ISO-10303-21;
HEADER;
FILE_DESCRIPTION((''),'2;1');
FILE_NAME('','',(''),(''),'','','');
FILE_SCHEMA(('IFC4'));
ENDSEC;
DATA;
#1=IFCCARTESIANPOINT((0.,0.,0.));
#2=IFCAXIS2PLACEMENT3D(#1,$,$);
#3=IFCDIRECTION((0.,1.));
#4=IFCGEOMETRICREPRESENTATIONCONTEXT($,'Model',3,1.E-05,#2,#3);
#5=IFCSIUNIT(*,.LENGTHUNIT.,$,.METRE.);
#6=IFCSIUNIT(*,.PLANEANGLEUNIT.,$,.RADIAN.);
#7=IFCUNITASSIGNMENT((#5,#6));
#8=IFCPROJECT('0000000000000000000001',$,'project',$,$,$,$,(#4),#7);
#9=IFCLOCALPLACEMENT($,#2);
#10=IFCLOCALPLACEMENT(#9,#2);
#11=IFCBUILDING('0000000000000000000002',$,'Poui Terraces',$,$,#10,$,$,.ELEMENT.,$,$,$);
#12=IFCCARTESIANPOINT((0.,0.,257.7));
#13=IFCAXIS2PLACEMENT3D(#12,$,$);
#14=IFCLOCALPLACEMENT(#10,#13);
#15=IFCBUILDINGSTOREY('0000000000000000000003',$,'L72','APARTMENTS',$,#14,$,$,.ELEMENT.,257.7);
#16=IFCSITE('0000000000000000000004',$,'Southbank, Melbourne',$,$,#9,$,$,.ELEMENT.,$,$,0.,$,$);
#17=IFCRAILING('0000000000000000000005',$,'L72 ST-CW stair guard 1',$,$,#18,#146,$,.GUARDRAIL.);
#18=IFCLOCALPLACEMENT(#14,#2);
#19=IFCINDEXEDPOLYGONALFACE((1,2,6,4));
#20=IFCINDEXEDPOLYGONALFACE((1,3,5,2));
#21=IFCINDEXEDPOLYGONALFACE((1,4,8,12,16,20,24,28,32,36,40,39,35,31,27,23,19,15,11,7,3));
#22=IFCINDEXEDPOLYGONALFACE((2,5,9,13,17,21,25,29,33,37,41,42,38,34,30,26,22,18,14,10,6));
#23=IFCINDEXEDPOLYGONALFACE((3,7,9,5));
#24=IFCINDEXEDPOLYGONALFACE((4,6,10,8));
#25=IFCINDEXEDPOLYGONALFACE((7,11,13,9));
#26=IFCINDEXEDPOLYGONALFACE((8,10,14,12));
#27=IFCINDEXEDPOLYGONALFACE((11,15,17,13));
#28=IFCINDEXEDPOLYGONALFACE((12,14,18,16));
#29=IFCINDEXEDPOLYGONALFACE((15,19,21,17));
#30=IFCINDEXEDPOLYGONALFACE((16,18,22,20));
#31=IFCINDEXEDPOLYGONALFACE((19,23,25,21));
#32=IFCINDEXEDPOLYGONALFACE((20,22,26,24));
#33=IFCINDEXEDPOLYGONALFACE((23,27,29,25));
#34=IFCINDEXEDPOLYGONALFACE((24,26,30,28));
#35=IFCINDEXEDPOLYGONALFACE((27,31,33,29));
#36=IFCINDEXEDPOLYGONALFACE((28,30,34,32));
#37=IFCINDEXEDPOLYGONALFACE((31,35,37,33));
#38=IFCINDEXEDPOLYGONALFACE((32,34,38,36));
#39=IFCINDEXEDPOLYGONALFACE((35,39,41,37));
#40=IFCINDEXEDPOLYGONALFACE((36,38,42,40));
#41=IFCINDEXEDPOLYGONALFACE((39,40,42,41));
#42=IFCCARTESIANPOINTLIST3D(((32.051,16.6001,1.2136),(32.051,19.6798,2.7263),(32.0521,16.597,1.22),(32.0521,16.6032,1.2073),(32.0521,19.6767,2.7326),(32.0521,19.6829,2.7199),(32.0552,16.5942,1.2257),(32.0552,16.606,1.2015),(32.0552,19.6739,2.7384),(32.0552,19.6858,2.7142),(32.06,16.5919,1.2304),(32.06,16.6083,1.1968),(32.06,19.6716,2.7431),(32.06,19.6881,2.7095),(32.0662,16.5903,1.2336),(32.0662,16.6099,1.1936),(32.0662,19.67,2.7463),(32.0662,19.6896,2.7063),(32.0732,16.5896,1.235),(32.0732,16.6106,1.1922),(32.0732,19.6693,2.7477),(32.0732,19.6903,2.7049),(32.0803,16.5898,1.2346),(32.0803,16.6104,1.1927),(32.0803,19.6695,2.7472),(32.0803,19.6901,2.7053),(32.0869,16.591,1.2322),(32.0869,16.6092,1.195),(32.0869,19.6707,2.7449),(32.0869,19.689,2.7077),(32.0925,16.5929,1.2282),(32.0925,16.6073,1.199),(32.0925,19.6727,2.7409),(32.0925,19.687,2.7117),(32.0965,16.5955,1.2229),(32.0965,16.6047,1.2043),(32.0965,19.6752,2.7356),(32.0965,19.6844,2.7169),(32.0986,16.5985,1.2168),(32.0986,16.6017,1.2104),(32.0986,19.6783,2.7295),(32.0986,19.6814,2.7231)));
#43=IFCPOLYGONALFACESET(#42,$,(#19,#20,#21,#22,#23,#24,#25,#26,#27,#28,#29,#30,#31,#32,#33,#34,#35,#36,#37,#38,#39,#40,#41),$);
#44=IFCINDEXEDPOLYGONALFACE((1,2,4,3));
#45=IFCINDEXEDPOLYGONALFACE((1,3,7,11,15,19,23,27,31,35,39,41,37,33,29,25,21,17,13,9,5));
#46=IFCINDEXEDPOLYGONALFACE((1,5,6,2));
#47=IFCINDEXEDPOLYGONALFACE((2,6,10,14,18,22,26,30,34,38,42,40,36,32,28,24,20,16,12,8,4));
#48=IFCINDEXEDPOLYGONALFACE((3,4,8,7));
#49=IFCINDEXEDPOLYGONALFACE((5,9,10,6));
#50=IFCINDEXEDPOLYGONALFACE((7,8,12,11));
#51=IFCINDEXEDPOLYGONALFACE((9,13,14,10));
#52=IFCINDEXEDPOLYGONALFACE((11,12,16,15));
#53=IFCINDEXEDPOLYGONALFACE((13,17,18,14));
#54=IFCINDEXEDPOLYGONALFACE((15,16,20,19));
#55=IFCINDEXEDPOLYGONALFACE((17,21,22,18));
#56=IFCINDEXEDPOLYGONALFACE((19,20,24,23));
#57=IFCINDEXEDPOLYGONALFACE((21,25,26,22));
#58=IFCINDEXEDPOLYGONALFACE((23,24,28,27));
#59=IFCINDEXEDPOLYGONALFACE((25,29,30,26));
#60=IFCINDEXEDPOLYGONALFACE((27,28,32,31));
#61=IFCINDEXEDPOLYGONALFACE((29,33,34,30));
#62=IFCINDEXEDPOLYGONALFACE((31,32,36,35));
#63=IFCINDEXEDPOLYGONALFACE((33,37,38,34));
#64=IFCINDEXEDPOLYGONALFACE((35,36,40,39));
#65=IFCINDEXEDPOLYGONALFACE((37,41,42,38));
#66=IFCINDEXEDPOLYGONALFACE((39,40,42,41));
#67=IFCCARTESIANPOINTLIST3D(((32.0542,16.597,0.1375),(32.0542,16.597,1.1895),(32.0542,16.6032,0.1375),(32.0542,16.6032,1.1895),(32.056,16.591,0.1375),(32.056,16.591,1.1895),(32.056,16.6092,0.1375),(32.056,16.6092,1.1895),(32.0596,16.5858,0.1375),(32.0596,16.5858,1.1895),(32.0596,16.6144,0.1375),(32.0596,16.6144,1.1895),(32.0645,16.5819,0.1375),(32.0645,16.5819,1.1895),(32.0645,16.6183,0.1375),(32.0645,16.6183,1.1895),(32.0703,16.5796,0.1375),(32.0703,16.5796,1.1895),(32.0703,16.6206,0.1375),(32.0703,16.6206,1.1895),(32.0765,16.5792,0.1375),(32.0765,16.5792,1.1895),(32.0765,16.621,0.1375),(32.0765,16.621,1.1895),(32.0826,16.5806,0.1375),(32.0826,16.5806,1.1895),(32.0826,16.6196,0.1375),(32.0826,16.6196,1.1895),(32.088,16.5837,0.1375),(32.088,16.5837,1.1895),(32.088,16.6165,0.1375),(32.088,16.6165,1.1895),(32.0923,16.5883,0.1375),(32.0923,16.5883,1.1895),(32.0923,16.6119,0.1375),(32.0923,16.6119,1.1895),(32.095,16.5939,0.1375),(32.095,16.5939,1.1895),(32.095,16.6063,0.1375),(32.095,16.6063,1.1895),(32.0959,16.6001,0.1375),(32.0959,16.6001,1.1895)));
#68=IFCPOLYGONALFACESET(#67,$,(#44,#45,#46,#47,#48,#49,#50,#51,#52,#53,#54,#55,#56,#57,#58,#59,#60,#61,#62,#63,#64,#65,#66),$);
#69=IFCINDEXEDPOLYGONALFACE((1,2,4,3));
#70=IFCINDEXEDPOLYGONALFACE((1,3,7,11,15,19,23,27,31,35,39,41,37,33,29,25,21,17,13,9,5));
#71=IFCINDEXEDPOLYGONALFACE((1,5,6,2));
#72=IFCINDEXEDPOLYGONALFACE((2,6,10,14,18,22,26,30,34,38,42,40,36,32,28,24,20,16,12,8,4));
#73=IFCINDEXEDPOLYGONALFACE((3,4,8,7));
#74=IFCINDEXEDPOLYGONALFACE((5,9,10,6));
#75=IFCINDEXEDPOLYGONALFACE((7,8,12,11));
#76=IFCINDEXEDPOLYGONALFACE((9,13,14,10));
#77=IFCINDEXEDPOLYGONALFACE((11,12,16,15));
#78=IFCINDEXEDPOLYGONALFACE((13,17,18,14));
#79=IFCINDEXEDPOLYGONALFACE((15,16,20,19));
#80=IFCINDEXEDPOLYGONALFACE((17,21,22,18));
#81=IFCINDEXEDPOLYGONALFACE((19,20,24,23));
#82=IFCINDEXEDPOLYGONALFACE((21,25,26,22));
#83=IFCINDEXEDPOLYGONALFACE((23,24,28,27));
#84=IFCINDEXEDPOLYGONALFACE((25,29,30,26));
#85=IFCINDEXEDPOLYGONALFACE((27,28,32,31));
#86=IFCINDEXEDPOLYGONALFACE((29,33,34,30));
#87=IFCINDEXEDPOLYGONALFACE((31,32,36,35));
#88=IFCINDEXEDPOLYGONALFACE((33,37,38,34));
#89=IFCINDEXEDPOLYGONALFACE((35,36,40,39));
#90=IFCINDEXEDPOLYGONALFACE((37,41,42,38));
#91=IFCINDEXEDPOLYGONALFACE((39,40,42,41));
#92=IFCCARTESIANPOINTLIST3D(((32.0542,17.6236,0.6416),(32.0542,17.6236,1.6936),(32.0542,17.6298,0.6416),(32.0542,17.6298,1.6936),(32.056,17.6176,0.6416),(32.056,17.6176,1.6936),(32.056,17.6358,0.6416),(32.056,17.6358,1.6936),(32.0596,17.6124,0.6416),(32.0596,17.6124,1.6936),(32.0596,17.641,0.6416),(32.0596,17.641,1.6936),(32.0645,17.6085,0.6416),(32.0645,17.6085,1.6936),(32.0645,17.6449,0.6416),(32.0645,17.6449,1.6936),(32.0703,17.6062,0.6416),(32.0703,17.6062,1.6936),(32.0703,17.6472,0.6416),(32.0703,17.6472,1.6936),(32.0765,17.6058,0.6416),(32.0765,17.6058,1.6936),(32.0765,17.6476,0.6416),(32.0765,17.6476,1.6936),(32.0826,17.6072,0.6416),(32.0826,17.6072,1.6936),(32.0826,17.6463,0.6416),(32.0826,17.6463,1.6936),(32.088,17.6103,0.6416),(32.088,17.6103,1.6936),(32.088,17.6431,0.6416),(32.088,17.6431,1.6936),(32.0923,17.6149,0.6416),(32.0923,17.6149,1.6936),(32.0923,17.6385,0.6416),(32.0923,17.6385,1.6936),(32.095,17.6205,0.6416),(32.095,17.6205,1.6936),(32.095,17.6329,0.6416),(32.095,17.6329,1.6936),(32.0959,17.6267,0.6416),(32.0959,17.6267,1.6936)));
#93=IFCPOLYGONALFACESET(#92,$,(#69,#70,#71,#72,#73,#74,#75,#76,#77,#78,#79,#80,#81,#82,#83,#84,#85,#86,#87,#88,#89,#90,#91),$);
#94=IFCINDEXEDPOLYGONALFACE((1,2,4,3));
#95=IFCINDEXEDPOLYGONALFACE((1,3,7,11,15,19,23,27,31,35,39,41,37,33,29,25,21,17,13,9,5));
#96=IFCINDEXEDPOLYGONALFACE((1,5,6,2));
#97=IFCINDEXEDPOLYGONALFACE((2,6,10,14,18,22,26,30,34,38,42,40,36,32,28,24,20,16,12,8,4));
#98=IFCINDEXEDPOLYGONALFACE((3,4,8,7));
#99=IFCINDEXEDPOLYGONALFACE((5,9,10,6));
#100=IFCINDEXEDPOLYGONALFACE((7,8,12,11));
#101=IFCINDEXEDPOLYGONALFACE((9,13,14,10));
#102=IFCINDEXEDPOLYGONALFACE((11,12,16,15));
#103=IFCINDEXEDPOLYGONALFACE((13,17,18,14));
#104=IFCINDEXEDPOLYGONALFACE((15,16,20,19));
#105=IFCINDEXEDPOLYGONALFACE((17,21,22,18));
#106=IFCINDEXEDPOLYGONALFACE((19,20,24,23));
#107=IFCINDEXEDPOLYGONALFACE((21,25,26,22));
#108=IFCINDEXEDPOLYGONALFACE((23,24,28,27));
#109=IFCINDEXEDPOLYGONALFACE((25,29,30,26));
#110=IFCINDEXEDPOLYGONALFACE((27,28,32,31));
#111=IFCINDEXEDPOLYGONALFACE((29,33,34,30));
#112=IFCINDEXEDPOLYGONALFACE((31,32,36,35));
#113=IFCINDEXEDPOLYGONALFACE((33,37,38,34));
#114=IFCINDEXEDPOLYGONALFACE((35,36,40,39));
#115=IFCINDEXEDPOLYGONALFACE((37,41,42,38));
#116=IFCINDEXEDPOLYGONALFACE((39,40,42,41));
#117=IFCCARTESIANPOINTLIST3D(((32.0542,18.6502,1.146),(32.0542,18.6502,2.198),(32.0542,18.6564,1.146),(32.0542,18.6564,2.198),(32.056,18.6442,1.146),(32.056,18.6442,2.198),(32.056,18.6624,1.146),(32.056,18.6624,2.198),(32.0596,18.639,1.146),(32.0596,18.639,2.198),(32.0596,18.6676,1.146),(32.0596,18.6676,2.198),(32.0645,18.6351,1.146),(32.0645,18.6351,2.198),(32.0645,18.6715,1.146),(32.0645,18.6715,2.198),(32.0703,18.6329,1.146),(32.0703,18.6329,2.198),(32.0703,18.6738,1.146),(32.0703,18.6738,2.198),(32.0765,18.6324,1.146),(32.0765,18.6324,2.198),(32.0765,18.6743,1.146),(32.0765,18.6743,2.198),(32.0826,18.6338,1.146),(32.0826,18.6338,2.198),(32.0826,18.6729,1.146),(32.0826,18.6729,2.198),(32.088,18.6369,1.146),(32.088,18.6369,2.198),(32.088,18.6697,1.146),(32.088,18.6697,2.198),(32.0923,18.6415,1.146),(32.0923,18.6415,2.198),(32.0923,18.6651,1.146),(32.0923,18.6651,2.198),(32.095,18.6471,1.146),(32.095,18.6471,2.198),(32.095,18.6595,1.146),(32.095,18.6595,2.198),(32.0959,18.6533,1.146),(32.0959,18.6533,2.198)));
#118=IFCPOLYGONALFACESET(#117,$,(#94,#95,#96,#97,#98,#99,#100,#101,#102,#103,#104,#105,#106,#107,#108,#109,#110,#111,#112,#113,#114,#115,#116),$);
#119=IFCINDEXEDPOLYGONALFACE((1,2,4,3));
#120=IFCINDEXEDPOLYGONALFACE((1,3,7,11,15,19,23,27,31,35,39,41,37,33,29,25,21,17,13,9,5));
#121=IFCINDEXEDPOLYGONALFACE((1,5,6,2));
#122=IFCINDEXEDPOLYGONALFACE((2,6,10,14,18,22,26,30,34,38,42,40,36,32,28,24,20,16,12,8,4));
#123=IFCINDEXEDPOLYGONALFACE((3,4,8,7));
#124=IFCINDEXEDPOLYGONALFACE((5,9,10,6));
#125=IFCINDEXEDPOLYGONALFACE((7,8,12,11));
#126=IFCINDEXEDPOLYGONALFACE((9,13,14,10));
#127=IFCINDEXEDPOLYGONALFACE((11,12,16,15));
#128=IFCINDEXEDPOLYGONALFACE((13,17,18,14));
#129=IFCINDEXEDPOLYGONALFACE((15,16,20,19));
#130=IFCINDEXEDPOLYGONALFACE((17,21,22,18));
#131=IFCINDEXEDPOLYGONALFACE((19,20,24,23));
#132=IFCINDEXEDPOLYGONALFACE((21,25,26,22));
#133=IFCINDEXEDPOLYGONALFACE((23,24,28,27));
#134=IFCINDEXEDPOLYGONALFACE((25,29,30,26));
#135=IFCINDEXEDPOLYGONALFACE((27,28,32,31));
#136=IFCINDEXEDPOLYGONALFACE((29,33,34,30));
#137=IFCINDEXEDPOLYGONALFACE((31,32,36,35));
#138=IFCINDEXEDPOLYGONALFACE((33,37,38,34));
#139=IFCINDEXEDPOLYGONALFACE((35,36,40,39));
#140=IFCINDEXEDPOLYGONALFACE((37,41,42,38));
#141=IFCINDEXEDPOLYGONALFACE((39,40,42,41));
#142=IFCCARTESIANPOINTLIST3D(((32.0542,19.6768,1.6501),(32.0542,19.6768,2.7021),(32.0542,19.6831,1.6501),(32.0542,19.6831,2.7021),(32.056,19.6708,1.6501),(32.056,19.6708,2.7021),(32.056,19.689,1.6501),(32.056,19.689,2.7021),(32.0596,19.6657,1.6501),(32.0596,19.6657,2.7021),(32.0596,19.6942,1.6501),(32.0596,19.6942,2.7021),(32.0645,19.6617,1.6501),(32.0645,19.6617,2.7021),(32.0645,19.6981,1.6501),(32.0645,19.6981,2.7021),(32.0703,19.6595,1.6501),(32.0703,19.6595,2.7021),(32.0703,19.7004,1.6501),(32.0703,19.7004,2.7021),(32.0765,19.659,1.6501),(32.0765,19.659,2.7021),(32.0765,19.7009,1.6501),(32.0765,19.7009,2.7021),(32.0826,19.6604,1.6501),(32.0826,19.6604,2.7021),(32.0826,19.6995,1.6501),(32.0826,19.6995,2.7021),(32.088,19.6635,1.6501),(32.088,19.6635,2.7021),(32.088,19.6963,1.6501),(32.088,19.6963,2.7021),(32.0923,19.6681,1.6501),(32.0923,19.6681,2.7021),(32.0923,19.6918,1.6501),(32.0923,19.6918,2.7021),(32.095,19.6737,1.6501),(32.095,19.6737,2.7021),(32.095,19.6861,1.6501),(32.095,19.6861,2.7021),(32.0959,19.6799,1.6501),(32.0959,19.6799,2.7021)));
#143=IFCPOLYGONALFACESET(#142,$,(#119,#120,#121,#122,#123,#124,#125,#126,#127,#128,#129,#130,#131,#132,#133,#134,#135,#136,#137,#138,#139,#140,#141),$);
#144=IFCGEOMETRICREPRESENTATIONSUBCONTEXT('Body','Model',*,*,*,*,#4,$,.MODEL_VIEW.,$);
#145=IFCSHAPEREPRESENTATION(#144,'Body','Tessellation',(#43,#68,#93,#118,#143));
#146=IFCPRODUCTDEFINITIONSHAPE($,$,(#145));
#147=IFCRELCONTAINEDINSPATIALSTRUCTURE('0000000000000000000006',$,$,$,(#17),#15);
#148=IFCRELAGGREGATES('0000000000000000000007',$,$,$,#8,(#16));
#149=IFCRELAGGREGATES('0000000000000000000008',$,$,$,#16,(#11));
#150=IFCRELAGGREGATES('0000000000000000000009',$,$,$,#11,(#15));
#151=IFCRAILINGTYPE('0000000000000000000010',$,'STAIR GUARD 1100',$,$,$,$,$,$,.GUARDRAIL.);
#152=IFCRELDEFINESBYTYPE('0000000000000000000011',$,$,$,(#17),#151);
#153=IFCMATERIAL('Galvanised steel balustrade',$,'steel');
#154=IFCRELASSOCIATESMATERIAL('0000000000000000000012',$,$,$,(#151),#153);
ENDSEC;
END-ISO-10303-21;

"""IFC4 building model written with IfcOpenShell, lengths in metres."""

from ifc_helpers import new_model, si_unit, direction, frame, origin, origin_2d, place, context, subcontext, project, spatial, circle, extrude, material, type_object, element, save


model = new_model("IFC4")

# Units and contexts
model_context = context("Model", 3, precision=1e-05, world=origin(), true_north=direction((0.0, 1.0)))
body_context = subcontext(model_context, "Body", "Model", "MODEL_VIEW")
ifc_project = project(units=[si_unit("LENGTHUNIT", "METRE"), si_unit("PLANEANGLEUNIT", "RADIAN")], contexts=[model_context])

# Site, building, storey
site_placement = place(None, origin())
site = spatial("IfcSite", under=ifc_project, at=site_placement, Name="Southbank, Melbourne", CompositionType="ELEMENT", RefElevation=0.0)
building_placement = place(site_placement, origin())
building = spatial("IfcBuilding", under=site, at=building_placement, Name="Poui Terraces", CompositionType="ELEMENT")
storey_placement = place(building_placement, frame((0.0, 0.0, 257.7)))
storey = spatial("IfcBuildingStorey", under=building, at=storey_placement, Name="L72", Description="APARTMENTS", CompositionType="ELEMENT", Elevation=257.7)

# Railing
ifc_material_1 = material(Name="Galvanised steel balustrade", Category="steel")
railing_type_1 = type_object("IfcRailingType", Name="STAIR GUARD 1100", PredefinedType="GUARDRAIL", material=ifc_material_1)
railing_1_placement = place(storey_placement, frame((32.075, 16.6001, 0.1375)))
element("IfcRailing", 1, at=railing_1_placement, inside=storey, type_object=railing_type_1, Name="L72 ST-CW stair guard 1", PredefinedType="GUARDRAIL", context=body_context, shape_type="SweptSolid", body=[
    extrude(circle(Radius=0.0239, at=origin_2d()), frame((0.0, 0.0, 1.0762), z_axis=(0.0, 0.897578, 0.440856), x_axis=(-1.0, 0.0, 0.0)), (0.0, 0.0, 1.0), 3.4312),
    extrude(circle(Radius=0.021, at=origin_2d()), origin(), (0.0, 0.0, 1.0), 1.052),
    extrude(circle(Radius=0.021, at=origin_2d()), frame((0.0, 1.0266, 0.5042)), (0.0, 0.0, 1.0), 1.052),
    extrude(circle(Radius=0.021, at=origin_2d()), frame((0.0, 2.0532, 1.0085)), (0.0, 0.0, 1.0), 1.052),
    extrude(circle(Radius=0.021, at=origin_2d()), frame((0.0, 3.0798, 1.5127)), (0.0, 0.0, 1.0), 1.052),
])

save(model, "model.ifc")
